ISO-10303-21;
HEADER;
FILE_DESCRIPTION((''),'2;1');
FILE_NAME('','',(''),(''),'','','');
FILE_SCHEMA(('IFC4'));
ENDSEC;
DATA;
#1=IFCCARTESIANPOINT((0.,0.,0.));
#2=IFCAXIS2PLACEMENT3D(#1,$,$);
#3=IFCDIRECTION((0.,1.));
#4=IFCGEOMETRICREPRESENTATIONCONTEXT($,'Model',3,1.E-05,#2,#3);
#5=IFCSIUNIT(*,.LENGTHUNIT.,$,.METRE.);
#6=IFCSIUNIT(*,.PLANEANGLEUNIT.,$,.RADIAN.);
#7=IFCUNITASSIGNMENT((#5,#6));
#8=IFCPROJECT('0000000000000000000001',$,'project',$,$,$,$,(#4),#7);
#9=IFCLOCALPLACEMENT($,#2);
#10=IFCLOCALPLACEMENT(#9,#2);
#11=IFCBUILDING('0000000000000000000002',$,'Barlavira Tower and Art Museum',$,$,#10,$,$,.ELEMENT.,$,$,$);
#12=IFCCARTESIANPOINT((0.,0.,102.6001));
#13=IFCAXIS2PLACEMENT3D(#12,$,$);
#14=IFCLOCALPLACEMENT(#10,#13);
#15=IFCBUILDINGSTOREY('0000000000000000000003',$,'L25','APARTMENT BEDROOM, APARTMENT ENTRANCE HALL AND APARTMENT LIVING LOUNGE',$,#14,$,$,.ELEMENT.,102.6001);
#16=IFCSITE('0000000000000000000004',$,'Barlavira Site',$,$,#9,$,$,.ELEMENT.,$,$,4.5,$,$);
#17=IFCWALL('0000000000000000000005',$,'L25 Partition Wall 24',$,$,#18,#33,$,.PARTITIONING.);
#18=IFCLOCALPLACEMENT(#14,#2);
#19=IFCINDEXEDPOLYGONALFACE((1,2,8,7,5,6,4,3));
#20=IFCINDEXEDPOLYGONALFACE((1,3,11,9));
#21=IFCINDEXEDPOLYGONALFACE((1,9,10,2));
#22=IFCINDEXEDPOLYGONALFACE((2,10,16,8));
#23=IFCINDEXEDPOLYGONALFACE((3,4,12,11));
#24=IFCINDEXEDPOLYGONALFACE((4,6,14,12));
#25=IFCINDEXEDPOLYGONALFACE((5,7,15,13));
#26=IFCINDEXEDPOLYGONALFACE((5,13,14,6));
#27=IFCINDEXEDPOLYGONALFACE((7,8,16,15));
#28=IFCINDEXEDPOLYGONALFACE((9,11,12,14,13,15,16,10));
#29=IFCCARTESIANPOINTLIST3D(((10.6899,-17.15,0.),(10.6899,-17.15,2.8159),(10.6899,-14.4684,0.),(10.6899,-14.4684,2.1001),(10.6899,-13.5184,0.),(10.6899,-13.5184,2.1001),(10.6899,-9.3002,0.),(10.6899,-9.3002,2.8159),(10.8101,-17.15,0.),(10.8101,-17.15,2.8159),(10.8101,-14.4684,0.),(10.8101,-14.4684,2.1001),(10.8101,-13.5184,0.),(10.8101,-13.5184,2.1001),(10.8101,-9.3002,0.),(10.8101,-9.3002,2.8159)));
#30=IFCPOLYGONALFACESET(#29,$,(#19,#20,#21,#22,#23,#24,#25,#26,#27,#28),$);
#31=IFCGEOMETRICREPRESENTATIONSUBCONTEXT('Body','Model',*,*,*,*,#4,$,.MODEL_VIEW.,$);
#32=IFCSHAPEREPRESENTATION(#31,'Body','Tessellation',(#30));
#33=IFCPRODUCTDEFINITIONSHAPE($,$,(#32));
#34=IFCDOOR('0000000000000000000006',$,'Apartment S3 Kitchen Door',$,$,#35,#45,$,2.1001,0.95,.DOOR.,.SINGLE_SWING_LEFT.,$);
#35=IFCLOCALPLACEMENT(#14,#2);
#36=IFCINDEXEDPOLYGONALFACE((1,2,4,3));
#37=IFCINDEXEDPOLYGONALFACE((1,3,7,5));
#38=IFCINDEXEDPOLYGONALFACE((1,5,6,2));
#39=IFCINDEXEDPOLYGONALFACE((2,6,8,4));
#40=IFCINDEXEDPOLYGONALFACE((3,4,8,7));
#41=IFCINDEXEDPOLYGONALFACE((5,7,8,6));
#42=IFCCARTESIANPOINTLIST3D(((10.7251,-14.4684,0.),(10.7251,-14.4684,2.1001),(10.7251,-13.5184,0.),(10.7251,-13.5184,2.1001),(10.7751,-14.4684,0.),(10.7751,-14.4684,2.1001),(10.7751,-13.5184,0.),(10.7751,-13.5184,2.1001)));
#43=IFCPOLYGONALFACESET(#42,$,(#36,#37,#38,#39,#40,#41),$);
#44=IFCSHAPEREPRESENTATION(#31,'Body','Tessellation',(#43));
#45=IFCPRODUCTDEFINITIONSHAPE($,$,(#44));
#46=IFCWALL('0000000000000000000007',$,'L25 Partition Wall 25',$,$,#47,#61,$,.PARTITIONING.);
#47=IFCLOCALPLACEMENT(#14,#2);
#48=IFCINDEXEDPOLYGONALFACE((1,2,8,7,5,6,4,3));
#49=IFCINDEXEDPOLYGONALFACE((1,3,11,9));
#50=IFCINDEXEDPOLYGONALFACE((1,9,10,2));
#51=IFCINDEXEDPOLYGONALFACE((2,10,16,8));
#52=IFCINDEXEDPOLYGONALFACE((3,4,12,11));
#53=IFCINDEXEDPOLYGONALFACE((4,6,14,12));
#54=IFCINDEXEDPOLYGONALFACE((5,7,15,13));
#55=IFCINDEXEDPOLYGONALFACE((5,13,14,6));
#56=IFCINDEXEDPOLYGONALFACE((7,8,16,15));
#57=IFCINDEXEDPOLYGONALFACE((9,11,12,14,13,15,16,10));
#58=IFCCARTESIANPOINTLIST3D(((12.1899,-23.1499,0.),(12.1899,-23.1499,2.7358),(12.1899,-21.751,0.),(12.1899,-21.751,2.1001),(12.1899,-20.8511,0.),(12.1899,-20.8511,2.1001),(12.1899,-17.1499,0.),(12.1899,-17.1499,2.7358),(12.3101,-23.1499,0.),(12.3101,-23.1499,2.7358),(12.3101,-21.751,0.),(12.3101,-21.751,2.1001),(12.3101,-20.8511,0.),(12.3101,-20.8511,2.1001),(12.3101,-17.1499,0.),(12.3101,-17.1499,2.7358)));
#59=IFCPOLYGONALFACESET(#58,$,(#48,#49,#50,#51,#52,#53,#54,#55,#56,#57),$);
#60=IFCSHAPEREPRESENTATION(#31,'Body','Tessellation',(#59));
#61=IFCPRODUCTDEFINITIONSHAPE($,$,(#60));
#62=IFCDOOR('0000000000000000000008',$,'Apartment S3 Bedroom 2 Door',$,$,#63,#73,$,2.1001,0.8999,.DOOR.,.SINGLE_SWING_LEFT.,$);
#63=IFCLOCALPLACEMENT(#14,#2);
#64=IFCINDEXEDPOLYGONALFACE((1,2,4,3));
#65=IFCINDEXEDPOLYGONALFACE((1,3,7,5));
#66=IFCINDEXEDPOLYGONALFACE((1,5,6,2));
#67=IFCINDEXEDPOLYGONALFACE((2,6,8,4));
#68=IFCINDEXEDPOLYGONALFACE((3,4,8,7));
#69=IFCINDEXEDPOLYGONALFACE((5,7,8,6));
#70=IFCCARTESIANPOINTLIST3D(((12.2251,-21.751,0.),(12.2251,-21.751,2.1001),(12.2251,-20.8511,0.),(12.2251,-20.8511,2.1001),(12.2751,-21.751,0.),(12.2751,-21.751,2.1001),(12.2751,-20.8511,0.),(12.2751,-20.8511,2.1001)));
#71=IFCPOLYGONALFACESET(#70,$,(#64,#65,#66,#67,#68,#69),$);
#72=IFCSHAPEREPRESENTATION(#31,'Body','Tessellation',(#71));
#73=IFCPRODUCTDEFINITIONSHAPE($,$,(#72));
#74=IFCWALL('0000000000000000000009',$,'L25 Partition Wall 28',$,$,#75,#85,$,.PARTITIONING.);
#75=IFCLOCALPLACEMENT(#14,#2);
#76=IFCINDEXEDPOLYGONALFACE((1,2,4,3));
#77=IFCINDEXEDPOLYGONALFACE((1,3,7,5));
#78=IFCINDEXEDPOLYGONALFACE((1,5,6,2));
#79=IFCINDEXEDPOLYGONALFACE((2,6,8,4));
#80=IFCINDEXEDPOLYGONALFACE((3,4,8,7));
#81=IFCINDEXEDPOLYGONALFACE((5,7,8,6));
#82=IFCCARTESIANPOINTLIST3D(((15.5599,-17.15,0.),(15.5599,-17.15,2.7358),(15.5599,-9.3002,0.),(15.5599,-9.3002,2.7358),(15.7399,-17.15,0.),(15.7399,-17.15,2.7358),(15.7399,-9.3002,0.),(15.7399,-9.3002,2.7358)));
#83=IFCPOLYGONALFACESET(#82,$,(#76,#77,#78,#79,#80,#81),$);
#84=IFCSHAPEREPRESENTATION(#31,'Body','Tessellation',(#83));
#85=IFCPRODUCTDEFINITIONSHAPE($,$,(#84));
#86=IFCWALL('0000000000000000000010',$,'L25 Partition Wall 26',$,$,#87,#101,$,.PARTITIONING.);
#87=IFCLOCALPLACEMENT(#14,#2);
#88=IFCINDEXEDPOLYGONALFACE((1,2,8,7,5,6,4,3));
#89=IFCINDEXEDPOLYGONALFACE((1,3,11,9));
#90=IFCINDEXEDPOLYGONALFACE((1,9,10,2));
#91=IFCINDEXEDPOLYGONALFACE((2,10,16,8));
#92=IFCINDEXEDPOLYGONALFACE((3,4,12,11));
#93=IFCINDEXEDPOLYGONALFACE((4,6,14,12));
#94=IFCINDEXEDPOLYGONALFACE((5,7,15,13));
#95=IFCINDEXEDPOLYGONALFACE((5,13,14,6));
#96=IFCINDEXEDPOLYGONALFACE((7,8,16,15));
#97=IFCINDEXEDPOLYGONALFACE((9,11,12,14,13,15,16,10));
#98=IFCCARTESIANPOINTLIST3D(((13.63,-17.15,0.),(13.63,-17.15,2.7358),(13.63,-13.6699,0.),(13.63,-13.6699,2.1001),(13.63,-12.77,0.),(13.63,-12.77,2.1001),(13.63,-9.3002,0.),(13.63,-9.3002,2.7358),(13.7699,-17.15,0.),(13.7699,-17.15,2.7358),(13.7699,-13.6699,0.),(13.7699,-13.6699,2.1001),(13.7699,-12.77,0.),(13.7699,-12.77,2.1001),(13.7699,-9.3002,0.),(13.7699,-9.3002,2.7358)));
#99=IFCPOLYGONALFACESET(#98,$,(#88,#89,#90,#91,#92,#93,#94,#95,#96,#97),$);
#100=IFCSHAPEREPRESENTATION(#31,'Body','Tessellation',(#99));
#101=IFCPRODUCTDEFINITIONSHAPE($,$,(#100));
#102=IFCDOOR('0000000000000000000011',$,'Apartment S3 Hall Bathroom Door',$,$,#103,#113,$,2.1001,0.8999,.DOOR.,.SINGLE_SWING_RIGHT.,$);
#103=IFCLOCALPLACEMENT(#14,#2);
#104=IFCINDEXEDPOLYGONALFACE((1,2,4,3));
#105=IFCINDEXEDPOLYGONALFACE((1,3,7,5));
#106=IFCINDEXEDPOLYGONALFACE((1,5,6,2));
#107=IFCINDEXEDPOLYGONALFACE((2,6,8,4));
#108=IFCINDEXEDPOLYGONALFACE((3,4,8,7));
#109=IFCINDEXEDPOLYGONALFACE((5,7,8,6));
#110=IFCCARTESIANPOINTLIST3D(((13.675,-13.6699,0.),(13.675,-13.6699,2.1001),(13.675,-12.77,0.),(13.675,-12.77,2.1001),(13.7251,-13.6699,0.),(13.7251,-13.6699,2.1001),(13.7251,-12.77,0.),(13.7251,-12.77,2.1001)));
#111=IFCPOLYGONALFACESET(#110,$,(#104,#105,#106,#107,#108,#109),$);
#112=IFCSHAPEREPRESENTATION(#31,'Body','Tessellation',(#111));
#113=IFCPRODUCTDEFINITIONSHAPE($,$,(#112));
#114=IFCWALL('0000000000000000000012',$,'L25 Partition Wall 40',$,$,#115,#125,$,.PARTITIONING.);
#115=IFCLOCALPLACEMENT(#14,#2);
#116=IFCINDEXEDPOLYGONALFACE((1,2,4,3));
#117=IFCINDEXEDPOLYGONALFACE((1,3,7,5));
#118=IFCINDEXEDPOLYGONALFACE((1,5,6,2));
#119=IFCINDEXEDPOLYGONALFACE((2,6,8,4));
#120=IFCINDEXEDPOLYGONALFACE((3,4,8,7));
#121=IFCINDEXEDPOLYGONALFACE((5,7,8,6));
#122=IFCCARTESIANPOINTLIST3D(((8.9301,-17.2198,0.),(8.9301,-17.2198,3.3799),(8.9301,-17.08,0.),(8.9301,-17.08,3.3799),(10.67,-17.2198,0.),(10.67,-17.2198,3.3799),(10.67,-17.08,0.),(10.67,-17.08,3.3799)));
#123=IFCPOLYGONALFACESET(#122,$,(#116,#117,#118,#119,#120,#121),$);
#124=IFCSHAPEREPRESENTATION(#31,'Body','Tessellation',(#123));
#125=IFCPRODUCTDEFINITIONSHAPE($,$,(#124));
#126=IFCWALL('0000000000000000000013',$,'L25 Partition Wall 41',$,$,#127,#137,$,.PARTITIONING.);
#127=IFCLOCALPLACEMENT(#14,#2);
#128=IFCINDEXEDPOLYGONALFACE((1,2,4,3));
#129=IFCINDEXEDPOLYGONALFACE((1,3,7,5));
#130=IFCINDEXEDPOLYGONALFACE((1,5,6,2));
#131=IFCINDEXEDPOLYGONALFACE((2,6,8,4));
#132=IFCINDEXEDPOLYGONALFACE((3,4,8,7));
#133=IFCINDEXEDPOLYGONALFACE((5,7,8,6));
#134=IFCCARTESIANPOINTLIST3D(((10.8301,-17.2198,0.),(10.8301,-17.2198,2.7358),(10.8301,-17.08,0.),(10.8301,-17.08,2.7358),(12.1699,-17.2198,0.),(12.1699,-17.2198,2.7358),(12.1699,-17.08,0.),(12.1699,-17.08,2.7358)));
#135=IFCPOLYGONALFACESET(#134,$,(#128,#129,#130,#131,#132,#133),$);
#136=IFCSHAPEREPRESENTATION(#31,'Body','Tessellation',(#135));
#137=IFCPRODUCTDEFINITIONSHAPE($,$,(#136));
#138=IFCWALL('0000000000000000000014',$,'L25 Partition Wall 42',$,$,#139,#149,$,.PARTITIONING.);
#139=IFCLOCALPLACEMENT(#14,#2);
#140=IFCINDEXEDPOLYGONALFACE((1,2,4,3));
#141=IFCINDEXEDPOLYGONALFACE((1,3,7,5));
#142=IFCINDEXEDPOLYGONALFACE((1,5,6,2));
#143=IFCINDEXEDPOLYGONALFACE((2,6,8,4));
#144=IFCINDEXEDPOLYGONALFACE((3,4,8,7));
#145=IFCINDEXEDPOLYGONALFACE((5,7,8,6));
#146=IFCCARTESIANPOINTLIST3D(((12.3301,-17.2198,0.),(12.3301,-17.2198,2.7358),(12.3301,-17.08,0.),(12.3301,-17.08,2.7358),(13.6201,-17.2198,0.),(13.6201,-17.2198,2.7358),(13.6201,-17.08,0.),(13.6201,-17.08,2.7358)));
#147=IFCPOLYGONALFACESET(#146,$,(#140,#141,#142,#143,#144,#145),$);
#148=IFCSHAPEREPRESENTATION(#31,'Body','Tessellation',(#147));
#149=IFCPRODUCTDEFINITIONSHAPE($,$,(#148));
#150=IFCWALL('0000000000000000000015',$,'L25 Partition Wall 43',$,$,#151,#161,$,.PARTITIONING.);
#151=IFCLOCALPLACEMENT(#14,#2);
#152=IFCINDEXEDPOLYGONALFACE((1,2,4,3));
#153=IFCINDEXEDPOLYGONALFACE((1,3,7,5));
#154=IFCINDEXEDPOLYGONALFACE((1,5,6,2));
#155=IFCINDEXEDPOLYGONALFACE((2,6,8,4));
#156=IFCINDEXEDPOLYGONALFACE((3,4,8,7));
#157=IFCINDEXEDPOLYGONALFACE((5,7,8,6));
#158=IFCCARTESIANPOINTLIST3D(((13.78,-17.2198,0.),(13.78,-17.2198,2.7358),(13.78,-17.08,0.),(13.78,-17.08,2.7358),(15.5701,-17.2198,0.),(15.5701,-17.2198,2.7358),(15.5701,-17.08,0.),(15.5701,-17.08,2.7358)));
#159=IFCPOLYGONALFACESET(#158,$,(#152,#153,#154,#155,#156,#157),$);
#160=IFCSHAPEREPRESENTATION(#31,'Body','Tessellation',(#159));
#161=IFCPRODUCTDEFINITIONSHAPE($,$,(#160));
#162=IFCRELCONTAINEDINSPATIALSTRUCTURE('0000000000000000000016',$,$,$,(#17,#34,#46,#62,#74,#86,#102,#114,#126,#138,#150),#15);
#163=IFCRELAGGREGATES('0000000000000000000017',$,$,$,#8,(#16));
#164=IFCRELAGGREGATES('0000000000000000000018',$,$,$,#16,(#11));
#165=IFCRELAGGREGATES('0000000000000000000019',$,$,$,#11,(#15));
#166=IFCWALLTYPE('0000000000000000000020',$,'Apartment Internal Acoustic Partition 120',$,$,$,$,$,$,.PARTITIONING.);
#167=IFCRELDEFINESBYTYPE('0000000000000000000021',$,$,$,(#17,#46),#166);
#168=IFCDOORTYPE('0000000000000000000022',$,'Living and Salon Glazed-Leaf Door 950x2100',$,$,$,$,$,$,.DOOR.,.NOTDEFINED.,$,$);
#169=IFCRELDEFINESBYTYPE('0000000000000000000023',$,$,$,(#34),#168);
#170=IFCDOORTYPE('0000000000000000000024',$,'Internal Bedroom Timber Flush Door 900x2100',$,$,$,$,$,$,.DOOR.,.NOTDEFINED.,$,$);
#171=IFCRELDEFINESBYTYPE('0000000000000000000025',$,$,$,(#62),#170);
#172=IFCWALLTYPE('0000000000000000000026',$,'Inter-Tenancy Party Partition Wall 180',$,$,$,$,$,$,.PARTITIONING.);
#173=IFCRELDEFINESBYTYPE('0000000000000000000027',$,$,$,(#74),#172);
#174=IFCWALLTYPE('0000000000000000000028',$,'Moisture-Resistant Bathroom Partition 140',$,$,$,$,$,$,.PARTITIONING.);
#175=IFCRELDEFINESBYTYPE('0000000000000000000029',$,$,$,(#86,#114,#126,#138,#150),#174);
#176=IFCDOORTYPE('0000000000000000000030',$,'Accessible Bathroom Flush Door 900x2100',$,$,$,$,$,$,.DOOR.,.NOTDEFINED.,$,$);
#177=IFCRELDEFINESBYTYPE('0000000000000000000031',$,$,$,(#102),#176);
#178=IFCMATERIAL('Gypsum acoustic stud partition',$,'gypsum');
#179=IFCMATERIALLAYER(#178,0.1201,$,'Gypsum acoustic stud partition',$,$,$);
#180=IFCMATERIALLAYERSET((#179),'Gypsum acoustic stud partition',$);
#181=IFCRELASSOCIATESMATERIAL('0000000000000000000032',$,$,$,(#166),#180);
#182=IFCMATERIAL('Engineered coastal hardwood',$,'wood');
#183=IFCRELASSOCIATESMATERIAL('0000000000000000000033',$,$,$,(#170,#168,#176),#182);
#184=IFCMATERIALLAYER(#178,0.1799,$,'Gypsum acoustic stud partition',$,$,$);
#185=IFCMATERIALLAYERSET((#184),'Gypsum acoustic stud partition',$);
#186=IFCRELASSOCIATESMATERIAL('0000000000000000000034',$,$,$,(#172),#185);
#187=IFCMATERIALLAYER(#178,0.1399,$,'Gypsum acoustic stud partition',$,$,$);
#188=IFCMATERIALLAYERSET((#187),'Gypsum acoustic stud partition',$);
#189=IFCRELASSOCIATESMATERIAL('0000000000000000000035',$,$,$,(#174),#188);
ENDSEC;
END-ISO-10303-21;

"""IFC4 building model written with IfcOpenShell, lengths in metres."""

from ifc_helpers import new_model, si_unit, direction, frame, frame_2d, origin, place, context, subcontext, project, spatial, rectangle, extrude, material, layer, layer_set, type_object, element, fill, save


model = new_model("IFC4")

# Units and contexts
model_context = context("Model", 3, precision=1e-05, world=origin(), true_north=direction((0.0, 1.0)))
body_context = subcontext(model_context, "Body", "Model", "MODEL_VIEW")
ifc_project = project(units=[si_unit("LENGTHUNIT", "METRE"), si_unit("PLANEANGLEUNIT", "RADIAN")], contexts=[model_context])

# Site, building, storey
site_placement = place(None, origin())
site = spatial("IfcSite", under=ifc_project, at=site_placement, Name="Barlavira Site", CompositionType="ELEMENT", RefElevation=4.5)
building_placement = place(site_placement, origin())
building = spatial("IfcBuilding", under=site, at=building_placement, Name="Barlavira Tower and Art Museum", CompositionType="ELEMENT")
storey_placement = place(building_placement, frame((0.0, 0.0, 102.6001)))
storey = spatial("IfcBuildingStorey", under=building, at=storey_placement, Name="L25", Description="APARTMENT BEDROOM, APARTMENT ENTRANCE HALL AND APARTMENT LIVING LOUNGE", CompositionType="ELEMENT", Elevation=102.6001)

# Walls, openings, doors
ifc_material_1 = material(Name="Gypsum acoustic stud partition", Category="gypsum")
ifc_layer_1 = layer(ifc_material_1, 0.1201, Name="Gypsum acoustic stud partition")
ifc_layer_set_1 = layer_set([ifc_layer_1], Name="Gypsum acoustic stud partition")
wall_type_1 = type_object("IfcWallType", Name="Apartment Internal Acoustic Partition 120", PredefinedType="PARTITIONING", material=ifc_layer_set_1)
ifc_material_2 = material(Name="Engineered coastal hardwood", Category="wood")
door_type_1 = type_object("IfcDoorType", Name="Internal Bedroom Timber Flush Door 900x2100", OperationType="NOTDEFINED", PredefinedType="DOOR", material=ifc_material_2)
wall_1_placement = place(storey_placement, frame((10.75, -17.1499, 0.0), z_axis=(0.0, 0.0, 1.0), x_axis=(0.0, 1.0, 0.0)))
wall_1 = element("IfcWall", 1, at=wall_1_placement, inside=storey, type_object=wall_type_1, Name="L25 Partition Wall 24", PredefinedType="PARTITIONING", context=body_context, shape_type="SweptSolid", body=[
    extrude(rectangle(XDim=7.8499, YDim=0.1201, at=frame_2d((3.9248, 0.0))), origin(), (0.0, 0.0, 1.0), 2.8159),
])
opening_1_placement = place(wall_1_placement, frame((2.6814, 0.0, 0.0)))
opening_1 = element("IfcOpeningElement", 2, at=opening_1_placement, cuts=wall_1, PredefinedType="OPENING", context=body_context, shape_type="SweptSolid", body=[
    extrude(rectangle(XDim=0.95, YDim=2.1001, at=frame_2d((0.4751, 1.05))), frame((0.0, 0.0701, 0.0), z_axis=(0.0, -1.0, 0.0), x_axis=(1.0, 0.0, 0.0)), (0.0, 0.0, 1.0), 0.1401),
])
door_type_2 = type_object("IfcDoorType", Name="Living and Salon Glazed-Leaf Door 950x2100", OperationType="NOTDEFINED", PredefinedType="DOOR", material=ifc_material_2)
door_1_placement = place(opening_1_placement, origin())
door_1 = element("IfcDoor", 3, at=door_1_placement, inside=storey, type_object=door_type_2, Name="Apartment S3 Kitchen Door", OperationType="SINGLE_SWING_LEFT", OverallHeight=2.1001, OverallWidth=0.95, PredefinedType="DOOR", context=body_context, shape_type="SweptSolid", body=[
    extrude(rectangle(XDim=0.95, YDim=2.1001, at=frame_2d((0.4751, 1.05))), frame((0.0, 0.0249, 0.0), z_axis=(0.0, -1.0, 0.0), x_axis=(1.0, 0.0, 0.0)), (0.0, 0.0, 1.0), 0.05),
])
fill(opening_1, door_1)
wall_2_placement = place(storey_placement, frame((12.25, -23.1499, 0.0), z_axis=(0.0, 0.0, 1.0), x_axis=(0.0, 1.0, 0.0)))
wall_2 = element("IfcWall", 4, at=wall_2_placement, inside=storey, type_object=wall_type_1, Name="L25 Partition Wall 25", PredefinedType="PARTITIONING", context=body_context, shape_type="SweptSolid", body=[
    extrude(rectangle(XDim=6.0, YDim=0.1201, at=frame_2d((3.0, 0.0))), origin(), (0.0, 0.0, 1.0), 2.7358),
])
opening_2_placement = place(wall_2_placement, frame((1.3989, 0.0, 0.0)))
opening_2 = element("IfcOpeningElement", 5, at=opening_2_placement, cuts=wall_2, PredefinedType="OPENING", context=body_context, shape_type="SweptSolid", body=[
    extrude(rectangle(XDim=0.8999, YDim=2.1001, at=frame_2d((0.45, 1.05))), frame((0.0, 0.0701, 0.0), z_axis=(0.0, -1.0, 0.0), x_axis=(1.0, 0.0, 0.0)), (0.0, 0.0, 1.0), 0.1401),
])
door_2_placement = place(opening_2_placement, origin())
door_2 = element("IfcDoor", 6, at=door_2_placement, inside=storey, type_object=door_type_1, Name="Apartment S3 Bedroom 2 Door", OperationType="SINGLE_SWING_LEFT", OverallHeight=2.1001, OverallWidth=0.8999, PredefinedType="DOOR", context=body_context, shape_type="SweptSolid", body=[
    extrude(rectangle(XDim=0.8999, YDim=2.1001, at=frame_2d((0.45, 1.05))), frame((0.0, 0.0249, 0.0), z_axis=(0.0, -1.0, 0.0), x_axis=(1.0, 0.0, 0.0)), (0.0, 0.0, 1.0), 0.05),
])
fill(opening_2, door_2)

# Wall
ifc_layer_2 = layer(ifc_material_1, 0.1799, Name="Gypsum acoustic stud partition")
ifc_layer_set_2 = layer_set([ifc_layer_2], Name="Gypsum acoustic stud partition")
wall_type_2 = type_object("IfcWallType", Name="Inter-Tenancy Party Partition Wall 180", PredefinedType="PARTITIONING", material=ifc_layer_set_2)
wall_3_placement = place(storey_placement, frame((15.6499, -17.1499, 0.0), z_axis=(0.0, 0.0, 1.0), x_axis=(0.0, 1.0, 0.0)))
element("IfcWall", 7, at=wall_3_placement, inside=storey, type_object=wall_type_2, Name="L25 Partition Wall 28", PredefinedType="PARTITIONING", context=body_context, shape_type="SweptSolid", body=[
    extrude(rectangle(XDim=7.8499, YDim=0.1799, at=frame_2d((3.9248, 0.0))), origin(), (0.0, 0.0, 1.0), 2.7358),
])

# Wall, opening, door
ifc_layer_3 = layer(ifc_material_1, 0.1399, Name="Gypsum acoustic stud partition")
ifc_layer_set_3 = layer_set([ifc_layer_3], Name="Gypsum acoustic stud partition")
wall_type_3 = type_object("IfcWallType", Name="Moisture-Resistant Bathroom Partition 140", PredefinedType="PARTITIONING", material=ifc_layer_set_3)
wall_4_placement = place(storey_placement, frame((13.7, -17.1499, 0.0), z_axis=(0.0, 0.0, 1.0), x_axis=(0.0, 1.0, 0.0)))
wall_4 = element("IfcWall", 8, at=wall_4_placement, inside=storey, type_object=wall_type_3, Name="L25 Partition Wall 26", PredefinedType="PARTITIONING", context=body_context, shape_type="SweptSolid", body=[
    extrude(rectangle(XDim=7.8499, YDim=0.1399, at=frame_2d((3.9248, 0.0))), origin(), (0.0, 0.0, 1.0), 2.7358),
])
opening_3_placement = place(wall_4_placement, frame((3.48, 0.0, 0.0)))
opening_3 = element("IfcOpeningElement", 9, at=opening_3_placement, cuts=wall_4, PredefinedType="OPENING", context=body_context, shape_type="SweptSolid", body=[
    extrude(rectangle(XDim=0.8999, YDim=2.1001, at=frame_2d((0.45, 1.05))), frame((0.0, 0.0801, 0.0), z_axis=(0.0, -1.0, 0.0), x_axis=(1.0, 0.0, 0.0)), (0.0, 0.0, 1.0), 0.1599),
])
door_type_3 = type_object("IfcDoorType", Name="Accessible Bathroom Flush Door 900x2100", OperationType="NOTDEFINED", PredefinedType="DOOR", material=ifc_material_2)
door_3_placement = place(opening_3_placement, origin())
door_3 = element("IfcDoor", 10, at=door_3_placement, inside=storey, type_object=door_type_3, Name="Apartment S3 Hall Bathroom Door", OperationType="SINGLE_SWING_RIGHT", OverallHeight=2.1001, OverallWidth=0.8999, PredefinedType="DOOR", context=body_context, shape_type="SweptSolid", body=[
    extrude(rectangle(XDim=0.8999, YDim=2.1001, at=frame_2d((0.45, 1.05))), frame((0.0, 0.0249, 0.0), z_axis=(0.0, -1.0, 0.0), x_axis=(1.0, 0.0, 0.0)), (0.0, 0.0, 1.0), 0.05),
])
fill(opening_3, door_3)

# Walls
wall_5_placement = place(storey_placement, frame((8.9299, -17.1499, 0.0), z_axis=(0.0, 0.0, 1.0), x_axis=(1.0, 0.0, 0.0)))
element("IfcWall", 11, at=wall_5_placement, inside=storey, type_object=wall_type_3, Name="L25 Partition Wall 40", PredefinedType="PARTITIONING", context=body_context, shape_type="SweptSolid", body=[
    extrude(rectangle(XDim=1.74, YDim=0.1399, at=frame_2d((0.8701, 0.0))), origin(), (0.0, 0.0, 1.0), 3.3799),
])
wall_6_placement = place(storey_placement, frame((10.8301, -17.1499, 0.0), z_axis=(0.0, 0.0, 1.0), x_axis=(1.0, 0.0, 0.0)))
element("IfcWall", 12, at=wall_6_placement, inside=storey, type_object=wall_type_3, Name="L25 Partition Wall 41", PredefinedType="PARTITIONING", context=body_context, shape_type="SweptSolid", body=[
    extrude(rectangle(XDim=1.3398, YDim=0.1399, at=frame_2d((0.6699, 0.0))), origin(), (0.0, 0.0, 1.0), 2.7358),
])
wall_7_placement = place(storey_placement, frame((12.3301, -17.1499, 0.0), z_axis=(0.0, 0.0, 1.0), x_axis=(1.0, 0.0, 0.0)))
element("IfcWall", 13, at=wall_7_placement, inside=storey, type_object=wall_type_3, Name="L25 Partition Wall 42", PredefinedType="PARTITIONING", context=body_context, shape_type="SweptSolid", body=[
    extrude(rectangle(XDim=1.29, YDim=0.1399, at=frame_2d((0.645, 0.0))), origin(), (0.0, 0.0, 1.0), 2.7358),
])
wall_8_placement = place(storey_placement, frame((13.78, -17.1499, 0.0), z_axis=(0.0, 0.0, 1.0), x_axis=(1.0, 0.0, 0.0)))
element("IfcWall", 14, at=wall_8_placement, inside=storey, type_object=wall_type_3, Name="L25 Partition Wall 43", PredefinedType="PARTITIONING", context=body_context, shape_type="SweptSolid", body=[
    extrude(rectangle(XDim=1.79, YDim=0.1399, at=frame_2d((0.895, 0.0))), origin(), (0.0, 0.0, 1.0), 2.7358),
])

save(model, "model.ifc")
